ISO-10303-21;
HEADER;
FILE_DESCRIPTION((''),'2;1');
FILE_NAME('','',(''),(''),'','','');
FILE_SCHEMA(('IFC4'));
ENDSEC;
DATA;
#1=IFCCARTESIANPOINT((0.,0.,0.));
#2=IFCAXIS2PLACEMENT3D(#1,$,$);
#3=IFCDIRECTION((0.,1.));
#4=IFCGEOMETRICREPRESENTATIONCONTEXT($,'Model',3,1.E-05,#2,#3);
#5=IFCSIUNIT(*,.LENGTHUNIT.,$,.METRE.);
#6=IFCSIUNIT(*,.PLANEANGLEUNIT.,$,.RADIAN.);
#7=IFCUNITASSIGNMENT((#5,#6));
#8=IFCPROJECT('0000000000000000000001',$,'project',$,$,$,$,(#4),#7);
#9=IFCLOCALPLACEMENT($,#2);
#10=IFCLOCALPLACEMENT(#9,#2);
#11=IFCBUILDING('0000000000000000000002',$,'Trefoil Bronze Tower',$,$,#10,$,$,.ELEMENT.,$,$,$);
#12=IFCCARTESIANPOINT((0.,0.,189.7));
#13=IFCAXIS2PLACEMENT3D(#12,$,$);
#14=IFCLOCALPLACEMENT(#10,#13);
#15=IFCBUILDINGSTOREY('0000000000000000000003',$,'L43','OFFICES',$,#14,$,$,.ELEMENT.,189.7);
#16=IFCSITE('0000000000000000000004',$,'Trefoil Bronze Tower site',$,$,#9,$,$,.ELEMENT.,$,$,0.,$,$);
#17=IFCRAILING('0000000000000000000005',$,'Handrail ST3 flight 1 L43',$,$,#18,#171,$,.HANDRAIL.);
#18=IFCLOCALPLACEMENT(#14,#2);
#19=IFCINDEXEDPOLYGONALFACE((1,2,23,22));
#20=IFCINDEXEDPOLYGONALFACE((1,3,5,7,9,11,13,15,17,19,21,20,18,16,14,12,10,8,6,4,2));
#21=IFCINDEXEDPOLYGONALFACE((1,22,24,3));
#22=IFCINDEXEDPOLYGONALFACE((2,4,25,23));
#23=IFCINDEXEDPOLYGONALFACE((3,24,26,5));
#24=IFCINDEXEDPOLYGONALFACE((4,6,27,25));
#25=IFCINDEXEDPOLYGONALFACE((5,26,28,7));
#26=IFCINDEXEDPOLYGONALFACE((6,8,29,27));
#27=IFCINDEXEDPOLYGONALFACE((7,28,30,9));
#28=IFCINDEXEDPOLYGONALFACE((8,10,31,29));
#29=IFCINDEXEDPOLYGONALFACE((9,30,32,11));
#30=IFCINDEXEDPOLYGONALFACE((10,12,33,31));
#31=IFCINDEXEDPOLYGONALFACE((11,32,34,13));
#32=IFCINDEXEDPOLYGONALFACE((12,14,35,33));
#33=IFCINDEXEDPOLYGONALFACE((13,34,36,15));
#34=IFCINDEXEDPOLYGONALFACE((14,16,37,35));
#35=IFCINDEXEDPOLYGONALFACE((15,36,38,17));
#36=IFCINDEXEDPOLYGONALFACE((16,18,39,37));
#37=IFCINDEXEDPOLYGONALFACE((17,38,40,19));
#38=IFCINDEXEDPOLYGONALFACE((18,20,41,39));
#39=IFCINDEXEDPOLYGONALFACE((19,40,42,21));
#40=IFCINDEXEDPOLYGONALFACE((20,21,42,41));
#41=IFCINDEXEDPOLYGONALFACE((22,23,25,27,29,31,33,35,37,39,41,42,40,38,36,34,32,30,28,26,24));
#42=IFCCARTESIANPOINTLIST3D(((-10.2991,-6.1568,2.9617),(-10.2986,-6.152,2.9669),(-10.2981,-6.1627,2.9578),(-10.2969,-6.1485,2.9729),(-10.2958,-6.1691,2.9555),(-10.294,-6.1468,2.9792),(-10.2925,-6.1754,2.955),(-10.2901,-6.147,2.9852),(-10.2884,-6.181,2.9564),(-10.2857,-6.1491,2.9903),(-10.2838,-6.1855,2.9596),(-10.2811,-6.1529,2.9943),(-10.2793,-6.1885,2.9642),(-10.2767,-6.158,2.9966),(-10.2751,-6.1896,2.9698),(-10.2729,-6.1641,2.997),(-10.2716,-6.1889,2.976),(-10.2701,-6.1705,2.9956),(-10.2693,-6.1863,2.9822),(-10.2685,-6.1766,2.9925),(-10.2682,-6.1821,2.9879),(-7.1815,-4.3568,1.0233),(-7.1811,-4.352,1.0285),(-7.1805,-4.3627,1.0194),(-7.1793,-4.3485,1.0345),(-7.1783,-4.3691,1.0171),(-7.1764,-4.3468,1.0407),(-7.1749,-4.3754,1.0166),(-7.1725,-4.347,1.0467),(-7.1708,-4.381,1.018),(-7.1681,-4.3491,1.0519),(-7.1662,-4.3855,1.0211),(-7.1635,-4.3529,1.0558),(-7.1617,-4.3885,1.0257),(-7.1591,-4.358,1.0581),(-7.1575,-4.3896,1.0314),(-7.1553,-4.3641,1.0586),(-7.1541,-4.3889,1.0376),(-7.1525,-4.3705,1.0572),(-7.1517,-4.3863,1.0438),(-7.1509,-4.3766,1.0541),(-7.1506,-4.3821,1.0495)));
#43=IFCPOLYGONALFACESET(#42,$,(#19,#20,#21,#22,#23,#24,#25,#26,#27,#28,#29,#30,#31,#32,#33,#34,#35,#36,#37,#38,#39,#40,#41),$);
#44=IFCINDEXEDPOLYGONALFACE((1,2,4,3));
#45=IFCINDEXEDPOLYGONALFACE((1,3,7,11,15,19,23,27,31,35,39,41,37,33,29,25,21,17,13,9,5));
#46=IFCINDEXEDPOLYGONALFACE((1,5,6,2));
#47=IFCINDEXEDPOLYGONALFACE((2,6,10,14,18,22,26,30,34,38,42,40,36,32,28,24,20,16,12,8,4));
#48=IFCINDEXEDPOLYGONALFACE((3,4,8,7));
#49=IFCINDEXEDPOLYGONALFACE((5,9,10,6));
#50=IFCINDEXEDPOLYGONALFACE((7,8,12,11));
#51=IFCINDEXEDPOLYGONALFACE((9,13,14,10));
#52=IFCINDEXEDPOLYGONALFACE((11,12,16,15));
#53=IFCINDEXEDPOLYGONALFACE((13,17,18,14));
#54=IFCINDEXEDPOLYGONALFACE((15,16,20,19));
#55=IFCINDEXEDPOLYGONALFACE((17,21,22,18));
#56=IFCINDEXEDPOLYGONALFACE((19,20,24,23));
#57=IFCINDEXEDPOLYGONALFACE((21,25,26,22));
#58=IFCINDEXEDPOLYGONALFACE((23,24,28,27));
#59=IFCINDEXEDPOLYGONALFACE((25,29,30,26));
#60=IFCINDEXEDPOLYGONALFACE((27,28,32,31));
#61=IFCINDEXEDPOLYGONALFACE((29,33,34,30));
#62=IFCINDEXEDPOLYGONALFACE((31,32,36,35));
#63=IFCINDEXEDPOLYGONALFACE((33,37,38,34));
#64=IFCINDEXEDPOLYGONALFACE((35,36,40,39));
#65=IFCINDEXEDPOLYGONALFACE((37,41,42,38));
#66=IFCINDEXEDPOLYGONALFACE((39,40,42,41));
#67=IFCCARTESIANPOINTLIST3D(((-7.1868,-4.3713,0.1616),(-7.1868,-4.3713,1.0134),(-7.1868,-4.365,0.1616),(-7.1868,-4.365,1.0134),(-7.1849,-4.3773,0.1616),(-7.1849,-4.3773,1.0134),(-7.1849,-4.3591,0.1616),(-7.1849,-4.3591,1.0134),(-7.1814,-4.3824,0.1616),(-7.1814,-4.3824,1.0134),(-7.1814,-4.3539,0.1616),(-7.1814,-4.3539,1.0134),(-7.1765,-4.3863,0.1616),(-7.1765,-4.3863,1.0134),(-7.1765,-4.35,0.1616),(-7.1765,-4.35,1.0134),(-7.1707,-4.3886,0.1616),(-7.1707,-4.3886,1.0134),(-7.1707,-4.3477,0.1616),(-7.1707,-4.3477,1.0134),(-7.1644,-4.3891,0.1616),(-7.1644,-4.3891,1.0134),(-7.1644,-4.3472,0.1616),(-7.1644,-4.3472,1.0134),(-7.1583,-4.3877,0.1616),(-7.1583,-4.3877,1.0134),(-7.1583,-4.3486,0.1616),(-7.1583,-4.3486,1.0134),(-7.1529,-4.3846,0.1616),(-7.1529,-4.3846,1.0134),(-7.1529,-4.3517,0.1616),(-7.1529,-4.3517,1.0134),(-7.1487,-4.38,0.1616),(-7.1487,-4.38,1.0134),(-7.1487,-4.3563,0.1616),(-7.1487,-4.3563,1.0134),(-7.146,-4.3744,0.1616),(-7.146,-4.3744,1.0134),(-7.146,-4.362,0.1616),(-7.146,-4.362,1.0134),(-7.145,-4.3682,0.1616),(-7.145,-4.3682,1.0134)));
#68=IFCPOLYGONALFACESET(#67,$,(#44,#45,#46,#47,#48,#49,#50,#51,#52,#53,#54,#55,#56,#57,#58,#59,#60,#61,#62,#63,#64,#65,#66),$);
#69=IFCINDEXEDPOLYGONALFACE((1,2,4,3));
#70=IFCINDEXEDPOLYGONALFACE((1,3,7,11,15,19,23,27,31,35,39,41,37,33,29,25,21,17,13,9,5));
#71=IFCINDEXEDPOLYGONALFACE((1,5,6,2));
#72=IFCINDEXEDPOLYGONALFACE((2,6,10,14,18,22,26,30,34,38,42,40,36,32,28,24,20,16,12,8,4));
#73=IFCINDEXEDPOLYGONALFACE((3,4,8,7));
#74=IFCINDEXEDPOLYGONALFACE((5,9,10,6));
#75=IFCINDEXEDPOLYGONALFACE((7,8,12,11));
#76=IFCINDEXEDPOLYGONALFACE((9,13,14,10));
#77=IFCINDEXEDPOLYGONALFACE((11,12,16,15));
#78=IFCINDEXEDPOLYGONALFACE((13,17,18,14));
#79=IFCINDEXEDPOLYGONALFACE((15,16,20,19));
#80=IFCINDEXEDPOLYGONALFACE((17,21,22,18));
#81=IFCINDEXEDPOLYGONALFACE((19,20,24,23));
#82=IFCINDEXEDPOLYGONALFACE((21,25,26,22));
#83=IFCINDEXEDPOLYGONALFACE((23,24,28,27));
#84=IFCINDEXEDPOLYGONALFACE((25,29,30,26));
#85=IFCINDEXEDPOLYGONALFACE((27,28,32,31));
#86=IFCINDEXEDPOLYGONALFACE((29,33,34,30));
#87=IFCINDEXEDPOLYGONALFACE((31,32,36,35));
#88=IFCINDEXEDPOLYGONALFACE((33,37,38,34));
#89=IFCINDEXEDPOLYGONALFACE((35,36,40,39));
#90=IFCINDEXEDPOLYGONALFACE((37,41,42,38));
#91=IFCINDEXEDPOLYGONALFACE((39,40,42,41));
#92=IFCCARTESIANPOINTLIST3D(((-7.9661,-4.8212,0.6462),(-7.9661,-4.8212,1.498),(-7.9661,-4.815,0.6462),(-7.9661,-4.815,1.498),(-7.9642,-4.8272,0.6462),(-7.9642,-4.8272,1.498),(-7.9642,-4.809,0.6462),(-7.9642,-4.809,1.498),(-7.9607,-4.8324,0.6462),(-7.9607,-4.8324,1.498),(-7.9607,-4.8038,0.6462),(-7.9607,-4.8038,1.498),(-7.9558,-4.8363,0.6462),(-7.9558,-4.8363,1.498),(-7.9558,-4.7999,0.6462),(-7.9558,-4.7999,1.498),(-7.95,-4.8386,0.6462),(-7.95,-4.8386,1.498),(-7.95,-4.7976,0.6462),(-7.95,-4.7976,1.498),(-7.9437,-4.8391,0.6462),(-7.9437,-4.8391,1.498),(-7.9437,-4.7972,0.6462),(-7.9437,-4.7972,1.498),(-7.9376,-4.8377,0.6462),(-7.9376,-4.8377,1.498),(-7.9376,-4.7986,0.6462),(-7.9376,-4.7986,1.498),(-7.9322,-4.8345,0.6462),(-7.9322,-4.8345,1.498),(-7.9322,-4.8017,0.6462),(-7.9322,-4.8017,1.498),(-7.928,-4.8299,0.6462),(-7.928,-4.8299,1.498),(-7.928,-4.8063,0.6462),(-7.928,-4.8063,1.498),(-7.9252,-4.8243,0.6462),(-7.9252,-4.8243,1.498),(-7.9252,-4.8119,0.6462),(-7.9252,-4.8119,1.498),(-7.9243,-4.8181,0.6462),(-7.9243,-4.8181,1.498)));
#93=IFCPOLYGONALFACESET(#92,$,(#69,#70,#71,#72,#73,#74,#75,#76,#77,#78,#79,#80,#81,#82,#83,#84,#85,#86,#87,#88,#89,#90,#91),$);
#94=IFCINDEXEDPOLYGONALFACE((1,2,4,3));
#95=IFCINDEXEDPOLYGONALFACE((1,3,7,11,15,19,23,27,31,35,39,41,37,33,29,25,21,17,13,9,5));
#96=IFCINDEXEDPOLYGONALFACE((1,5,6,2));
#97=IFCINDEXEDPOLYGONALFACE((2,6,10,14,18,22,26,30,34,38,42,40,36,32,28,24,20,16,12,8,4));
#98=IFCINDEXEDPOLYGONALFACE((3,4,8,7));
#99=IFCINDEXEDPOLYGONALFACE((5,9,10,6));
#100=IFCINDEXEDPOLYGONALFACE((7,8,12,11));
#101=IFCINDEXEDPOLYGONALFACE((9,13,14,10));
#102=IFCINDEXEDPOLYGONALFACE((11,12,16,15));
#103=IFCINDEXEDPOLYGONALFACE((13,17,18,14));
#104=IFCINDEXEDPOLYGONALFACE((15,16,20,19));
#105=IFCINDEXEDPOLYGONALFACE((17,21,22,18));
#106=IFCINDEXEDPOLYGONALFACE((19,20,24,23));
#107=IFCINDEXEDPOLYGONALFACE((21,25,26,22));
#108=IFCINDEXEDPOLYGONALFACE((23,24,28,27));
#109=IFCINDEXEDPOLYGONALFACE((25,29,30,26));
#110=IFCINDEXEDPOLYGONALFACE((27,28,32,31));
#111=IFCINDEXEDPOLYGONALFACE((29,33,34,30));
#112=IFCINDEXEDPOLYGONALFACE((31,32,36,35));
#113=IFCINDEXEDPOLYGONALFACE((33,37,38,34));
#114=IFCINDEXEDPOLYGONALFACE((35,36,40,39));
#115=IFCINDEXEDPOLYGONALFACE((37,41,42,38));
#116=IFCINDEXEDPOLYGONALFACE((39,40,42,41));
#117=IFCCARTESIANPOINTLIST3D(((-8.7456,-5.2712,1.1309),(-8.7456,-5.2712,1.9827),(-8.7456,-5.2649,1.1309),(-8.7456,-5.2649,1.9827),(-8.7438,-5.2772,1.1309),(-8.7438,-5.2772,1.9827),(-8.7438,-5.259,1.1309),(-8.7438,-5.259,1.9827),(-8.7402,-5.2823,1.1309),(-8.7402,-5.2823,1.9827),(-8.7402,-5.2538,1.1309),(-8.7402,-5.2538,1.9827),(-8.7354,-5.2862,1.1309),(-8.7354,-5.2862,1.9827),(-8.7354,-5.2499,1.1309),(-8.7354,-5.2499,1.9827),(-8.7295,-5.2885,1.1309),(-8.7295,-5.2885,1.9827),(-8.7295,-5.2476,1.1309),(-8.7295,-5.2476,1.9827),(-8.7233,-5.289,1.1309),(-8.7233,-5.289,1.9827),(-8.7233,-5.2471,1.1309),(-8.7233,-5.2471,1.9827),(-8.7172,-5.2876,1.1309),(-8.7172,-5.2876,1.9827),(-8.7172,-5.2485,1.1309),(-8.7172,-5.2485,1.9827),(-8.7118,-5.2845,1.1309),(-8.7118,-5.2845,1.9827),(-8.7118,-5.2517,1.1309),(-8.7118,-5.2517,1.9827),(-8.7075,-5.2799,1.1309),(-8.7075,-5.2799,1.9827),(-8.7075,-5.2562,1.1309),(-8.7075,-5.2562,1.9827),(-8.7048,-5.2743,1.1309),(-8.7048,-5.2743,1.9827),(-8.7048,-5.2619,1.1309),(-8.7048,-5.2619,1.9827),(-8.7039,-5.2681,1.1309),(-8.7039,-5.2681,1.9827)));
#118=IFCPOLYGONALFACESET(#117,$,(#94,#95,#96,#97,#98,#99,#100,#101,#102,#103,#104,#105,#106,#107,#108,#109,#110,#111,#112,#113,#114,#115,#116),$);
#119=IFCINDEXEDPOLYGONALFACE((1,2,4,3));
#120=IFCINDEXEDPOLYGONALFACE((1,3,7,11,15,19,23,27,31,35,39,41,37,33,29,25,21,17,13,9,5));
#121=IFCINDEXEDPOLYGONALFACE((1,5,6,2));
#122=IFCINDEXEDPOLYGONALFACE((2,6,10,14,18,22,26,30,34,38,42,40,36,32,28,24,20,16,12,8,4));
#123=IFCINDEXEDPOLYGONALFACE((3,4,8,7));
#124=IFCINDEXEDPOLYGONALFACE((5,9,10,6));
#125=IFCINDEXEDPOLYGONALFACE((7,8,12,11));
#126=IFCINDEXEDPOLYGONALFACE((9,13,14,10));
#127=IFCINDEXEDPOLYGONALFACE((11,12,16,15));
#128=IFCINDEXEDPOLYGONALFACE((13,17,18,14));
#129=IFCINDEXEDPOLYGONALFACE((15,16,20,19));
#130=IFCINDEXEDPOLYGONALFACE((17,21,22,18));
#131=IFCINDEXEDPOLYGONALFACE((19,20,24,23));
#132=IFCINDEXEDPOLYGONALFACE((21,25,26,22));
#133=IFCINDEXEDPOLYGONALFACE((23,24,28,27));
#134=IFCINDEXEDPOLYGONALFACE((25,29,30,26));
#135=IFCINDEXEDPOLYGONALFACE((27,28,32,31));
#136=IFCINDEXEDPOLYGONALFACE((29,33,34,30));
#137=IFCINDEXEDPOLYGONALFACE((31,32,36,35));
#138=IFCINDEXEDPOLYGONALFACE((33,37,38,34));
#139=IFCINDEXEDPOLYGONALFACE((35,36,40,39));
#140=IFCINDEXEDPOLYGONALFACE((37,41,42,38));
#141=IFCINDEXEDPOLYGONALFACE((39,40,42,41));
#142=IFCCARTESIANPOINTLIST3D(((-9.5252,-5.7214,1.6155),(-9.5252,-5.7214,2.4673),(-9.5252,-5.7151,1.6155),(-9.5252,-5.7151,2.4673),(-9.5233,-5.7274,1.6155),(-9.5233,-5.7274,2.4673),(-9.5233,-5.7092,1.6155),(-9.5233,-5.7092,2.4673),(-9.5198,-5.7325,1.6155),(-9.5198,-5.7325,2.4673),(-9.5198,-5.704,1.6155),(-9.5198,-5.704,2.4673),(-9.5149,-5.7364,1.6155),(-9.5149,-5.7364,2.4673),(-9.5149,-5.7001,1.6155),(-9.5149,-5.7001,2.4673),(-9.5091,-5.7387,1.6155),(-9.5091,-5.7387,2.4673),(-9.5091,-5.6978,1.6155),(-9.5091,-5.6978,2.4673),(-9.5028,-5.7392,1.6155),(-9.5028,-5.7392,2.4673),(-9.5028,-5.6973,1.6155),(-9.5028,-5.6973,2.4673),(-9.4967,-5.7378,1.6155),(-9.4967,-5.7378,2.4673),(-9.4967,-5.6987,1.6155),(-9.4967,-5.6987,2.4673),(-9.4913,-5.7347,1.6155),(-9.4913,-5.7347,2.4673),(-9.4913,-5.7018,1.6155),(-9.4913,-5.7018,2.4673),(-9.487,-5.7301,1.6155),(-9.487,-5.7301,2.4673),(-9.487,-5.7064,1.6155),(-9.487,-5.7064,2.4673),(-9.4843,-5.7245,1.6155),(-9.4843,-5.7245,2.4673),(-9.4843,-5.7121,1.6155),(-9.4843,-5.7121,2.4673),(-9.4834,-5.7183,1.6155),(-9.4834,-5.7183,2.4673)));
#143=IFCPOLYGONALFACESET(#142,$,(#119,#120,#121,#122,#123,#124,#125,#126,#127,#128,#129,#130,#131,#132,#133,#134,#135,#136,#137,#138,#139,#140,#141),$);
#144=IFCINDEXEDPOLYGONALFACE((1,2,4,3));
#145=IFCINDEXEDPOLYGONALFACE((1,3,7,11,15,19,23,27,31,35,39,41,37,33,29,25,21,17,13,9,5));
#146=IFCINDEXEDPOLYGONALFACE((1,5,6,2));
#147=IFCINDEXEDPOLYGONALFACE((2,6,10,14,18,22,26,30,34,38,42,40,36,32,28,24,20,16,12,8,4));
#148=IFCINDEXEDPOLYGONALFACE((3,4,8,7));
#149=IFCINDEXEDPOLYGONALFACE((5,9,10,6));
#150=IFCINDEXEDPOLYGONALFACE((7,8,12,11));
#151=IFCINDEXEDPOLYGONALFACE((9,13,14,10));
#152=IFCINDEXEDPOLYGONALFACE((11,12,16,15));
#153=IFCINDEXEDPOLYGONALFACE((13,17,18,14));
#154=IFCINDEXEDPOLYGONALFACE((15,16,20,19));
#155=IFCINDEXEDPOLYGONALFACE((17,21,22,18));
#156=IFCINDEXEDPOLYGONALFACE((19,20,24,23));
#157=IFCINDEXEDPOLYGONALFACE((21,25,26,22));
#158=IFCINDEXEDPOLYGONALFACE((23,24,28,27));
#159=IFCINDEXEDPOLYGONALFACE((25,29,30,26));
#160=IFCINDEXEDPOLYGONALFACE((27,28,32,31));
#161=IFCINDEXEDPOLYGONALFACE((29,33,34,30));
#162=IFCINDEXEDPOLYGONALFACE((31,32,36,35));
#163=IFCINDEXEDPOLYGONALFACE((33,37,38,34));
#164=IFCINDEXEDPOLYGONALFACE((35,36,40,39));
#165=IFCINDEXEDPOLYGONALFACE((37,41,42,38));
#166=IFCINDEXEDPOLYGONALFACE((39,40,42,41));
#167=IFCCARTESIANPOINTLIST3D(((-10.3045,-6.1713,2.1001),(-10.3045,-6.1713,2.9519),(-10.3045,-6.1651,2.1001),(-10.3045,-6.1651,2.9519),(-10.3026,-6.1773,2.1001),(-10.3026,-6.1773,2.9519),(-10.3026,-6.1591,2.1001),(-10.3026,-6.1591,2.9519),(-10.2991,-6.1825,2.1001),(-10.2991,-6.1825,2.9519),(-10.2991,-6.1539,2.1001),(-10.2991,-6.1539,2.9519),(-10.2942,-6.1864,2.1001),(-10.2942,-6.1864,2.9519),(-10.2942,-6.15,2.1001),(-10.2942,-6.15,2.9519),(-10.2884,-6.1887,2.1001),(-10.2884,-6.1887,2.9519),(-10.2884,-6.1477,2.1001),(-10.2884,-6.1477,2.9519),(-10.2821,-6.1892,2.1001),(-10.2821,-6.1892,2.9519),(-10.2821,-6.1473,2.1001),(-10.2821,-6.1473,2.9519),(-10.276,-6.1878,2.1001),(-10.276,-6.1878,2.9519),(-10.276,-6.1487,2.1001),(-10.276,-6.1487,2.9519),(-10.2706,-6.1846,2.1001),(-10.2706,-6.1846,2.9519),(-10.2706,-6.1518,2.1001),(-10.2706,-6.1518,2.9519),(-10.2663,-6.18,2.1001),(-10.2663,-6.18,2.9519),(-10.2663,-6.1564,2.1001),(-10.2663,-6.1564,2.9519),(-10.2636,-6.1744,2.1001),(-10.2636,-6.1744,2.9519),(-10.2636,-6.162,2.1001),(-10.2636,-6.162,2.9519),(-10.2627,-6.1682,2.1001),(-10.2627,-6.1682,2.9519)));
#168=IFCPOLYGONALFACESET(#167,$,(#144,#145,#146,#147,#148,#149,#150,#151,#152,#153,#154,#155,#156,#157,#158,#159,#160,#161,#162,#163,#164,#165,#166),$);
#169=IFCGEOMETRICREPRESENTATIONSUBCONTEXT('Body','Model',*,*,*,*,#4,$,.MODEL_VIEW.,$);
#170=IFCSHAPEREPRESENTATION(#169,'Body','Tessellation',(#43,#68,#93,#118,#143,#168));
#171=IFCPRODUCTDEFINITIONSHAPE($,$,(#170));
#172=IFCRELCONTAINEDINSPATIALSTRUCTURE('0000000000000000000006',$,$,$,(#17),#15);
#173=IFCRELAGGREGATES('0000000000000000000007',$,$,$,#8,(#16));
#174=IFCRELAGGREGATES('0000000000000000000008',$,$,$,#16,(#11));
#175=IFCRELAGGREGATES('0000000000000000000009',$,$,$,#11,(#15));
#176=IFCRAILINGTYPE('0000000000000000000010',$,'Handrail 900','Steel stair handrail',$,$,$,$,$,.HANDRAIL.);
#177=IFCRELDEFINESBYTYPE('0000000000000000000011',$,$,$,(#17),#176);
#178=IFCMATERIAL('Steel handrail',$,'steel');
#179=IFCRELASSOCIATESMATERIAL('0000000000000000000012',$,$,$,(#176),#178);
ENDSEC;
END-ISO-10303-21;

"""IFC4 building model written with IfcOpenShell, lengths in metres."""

from ifc_helpers import new_model, si_unit, direction, frame, origin, origin_2d, place, context, subcontext, project, spatial, circle, extrude, material, type_object, element, save


model = new_model("IFC4")

# Units and contexts
model_context = context("Model", 3, precision=1e-05, world=origin(), true_north=direction((0.0, 1.0)))
body_context = subcontext(model_context, "Body", "Model", "MODEL_VIEW")
ifc_project = project(units=[si_unit("LENGTHUNIT", "METRE"), si_unit("PLANEANGLEUNIT", "RADIAN")], contexts=[model_context])

# Site, building, storey
site_placement = place(None, origin())
site = spatial("IfcSite", under=ifc_project, at=site_placement, Name="Trefoil Bronze Tower site", CompositionType="ELEMENT", RefElevation=0.0)
building_placement = place(site_placement, origin())
building = spatial("IfcBuilding", under=site, at=building_placement, Name="Trefoil Bronze Tower", CompositionType="ELEMENT")
storey_placement = place(building_placement, frame((0.0, 0.0, 189.7)))
storey = spatial("IfcBuildingStorey", under=building, at=storey_placement, Name="L43", Description="OFFICES", CompositionType="ELEMENT", Elevation=189.7)

# Railing
ifc_material_1 = material(Name="Steel handrail", Category="steel")
railing_type = type_object("IfcRailingType", Name="Handrail 900", Description="Steel stair handrail", PredefinedType="HANDRAIL", material=ifc_material_1)
railing_1_placement = place(storey_placement, frame((-7.166, -4.3682, 0.1616)))
element("IfcRailing", 1, at=railing_1_placement, inside=storey, type_object=railing_type, Name="Handrail ST3 flight 1 L43", PredefinedType="HANDRAIL", context=body_context, shape_type="SweptSolid", body=[
    extrude(circle(Radius=0.0239, at=origin_2d()), frame((0.0, 0.0, 0.876), z_axis=(-0.762503, -0.440246, 0.474102), x_axis=(0.500012, -0.866018, 0.0)), (0.0, 0.0, 1.0), 4.0886),
    extrude(circle(Radius=0.021, at=origin_2d()), origin(), (0.0, 0.0, 1.0), 0.8518),
    extrude(circle(Radius=0.021, at=origin_2d()), frame((-0.7793, -0.45, 0.4846)), (0.0, 0.0, 1.0), 0.8518),
    extrude(circle(Radius=0.021, at=origin_2d()), frame((-1.5588, -0.8999, 0.9692)), (0.0, 0.0, 1.0), 0.8518),
    extrude(circle(Radius=0.021, at=origin_2d()), frame((-2.3384, -1.3501, 1.4539)), (0.0, 0.0, 1.0), 0.8518),
    extrude(circle(Radius=0.021, at=origin_2d()), frame((-3.1177, -1.8, 1.9385)), (0.0, 0.0, 1.0), 0.8518),
])

save(model, "model.ifc")
